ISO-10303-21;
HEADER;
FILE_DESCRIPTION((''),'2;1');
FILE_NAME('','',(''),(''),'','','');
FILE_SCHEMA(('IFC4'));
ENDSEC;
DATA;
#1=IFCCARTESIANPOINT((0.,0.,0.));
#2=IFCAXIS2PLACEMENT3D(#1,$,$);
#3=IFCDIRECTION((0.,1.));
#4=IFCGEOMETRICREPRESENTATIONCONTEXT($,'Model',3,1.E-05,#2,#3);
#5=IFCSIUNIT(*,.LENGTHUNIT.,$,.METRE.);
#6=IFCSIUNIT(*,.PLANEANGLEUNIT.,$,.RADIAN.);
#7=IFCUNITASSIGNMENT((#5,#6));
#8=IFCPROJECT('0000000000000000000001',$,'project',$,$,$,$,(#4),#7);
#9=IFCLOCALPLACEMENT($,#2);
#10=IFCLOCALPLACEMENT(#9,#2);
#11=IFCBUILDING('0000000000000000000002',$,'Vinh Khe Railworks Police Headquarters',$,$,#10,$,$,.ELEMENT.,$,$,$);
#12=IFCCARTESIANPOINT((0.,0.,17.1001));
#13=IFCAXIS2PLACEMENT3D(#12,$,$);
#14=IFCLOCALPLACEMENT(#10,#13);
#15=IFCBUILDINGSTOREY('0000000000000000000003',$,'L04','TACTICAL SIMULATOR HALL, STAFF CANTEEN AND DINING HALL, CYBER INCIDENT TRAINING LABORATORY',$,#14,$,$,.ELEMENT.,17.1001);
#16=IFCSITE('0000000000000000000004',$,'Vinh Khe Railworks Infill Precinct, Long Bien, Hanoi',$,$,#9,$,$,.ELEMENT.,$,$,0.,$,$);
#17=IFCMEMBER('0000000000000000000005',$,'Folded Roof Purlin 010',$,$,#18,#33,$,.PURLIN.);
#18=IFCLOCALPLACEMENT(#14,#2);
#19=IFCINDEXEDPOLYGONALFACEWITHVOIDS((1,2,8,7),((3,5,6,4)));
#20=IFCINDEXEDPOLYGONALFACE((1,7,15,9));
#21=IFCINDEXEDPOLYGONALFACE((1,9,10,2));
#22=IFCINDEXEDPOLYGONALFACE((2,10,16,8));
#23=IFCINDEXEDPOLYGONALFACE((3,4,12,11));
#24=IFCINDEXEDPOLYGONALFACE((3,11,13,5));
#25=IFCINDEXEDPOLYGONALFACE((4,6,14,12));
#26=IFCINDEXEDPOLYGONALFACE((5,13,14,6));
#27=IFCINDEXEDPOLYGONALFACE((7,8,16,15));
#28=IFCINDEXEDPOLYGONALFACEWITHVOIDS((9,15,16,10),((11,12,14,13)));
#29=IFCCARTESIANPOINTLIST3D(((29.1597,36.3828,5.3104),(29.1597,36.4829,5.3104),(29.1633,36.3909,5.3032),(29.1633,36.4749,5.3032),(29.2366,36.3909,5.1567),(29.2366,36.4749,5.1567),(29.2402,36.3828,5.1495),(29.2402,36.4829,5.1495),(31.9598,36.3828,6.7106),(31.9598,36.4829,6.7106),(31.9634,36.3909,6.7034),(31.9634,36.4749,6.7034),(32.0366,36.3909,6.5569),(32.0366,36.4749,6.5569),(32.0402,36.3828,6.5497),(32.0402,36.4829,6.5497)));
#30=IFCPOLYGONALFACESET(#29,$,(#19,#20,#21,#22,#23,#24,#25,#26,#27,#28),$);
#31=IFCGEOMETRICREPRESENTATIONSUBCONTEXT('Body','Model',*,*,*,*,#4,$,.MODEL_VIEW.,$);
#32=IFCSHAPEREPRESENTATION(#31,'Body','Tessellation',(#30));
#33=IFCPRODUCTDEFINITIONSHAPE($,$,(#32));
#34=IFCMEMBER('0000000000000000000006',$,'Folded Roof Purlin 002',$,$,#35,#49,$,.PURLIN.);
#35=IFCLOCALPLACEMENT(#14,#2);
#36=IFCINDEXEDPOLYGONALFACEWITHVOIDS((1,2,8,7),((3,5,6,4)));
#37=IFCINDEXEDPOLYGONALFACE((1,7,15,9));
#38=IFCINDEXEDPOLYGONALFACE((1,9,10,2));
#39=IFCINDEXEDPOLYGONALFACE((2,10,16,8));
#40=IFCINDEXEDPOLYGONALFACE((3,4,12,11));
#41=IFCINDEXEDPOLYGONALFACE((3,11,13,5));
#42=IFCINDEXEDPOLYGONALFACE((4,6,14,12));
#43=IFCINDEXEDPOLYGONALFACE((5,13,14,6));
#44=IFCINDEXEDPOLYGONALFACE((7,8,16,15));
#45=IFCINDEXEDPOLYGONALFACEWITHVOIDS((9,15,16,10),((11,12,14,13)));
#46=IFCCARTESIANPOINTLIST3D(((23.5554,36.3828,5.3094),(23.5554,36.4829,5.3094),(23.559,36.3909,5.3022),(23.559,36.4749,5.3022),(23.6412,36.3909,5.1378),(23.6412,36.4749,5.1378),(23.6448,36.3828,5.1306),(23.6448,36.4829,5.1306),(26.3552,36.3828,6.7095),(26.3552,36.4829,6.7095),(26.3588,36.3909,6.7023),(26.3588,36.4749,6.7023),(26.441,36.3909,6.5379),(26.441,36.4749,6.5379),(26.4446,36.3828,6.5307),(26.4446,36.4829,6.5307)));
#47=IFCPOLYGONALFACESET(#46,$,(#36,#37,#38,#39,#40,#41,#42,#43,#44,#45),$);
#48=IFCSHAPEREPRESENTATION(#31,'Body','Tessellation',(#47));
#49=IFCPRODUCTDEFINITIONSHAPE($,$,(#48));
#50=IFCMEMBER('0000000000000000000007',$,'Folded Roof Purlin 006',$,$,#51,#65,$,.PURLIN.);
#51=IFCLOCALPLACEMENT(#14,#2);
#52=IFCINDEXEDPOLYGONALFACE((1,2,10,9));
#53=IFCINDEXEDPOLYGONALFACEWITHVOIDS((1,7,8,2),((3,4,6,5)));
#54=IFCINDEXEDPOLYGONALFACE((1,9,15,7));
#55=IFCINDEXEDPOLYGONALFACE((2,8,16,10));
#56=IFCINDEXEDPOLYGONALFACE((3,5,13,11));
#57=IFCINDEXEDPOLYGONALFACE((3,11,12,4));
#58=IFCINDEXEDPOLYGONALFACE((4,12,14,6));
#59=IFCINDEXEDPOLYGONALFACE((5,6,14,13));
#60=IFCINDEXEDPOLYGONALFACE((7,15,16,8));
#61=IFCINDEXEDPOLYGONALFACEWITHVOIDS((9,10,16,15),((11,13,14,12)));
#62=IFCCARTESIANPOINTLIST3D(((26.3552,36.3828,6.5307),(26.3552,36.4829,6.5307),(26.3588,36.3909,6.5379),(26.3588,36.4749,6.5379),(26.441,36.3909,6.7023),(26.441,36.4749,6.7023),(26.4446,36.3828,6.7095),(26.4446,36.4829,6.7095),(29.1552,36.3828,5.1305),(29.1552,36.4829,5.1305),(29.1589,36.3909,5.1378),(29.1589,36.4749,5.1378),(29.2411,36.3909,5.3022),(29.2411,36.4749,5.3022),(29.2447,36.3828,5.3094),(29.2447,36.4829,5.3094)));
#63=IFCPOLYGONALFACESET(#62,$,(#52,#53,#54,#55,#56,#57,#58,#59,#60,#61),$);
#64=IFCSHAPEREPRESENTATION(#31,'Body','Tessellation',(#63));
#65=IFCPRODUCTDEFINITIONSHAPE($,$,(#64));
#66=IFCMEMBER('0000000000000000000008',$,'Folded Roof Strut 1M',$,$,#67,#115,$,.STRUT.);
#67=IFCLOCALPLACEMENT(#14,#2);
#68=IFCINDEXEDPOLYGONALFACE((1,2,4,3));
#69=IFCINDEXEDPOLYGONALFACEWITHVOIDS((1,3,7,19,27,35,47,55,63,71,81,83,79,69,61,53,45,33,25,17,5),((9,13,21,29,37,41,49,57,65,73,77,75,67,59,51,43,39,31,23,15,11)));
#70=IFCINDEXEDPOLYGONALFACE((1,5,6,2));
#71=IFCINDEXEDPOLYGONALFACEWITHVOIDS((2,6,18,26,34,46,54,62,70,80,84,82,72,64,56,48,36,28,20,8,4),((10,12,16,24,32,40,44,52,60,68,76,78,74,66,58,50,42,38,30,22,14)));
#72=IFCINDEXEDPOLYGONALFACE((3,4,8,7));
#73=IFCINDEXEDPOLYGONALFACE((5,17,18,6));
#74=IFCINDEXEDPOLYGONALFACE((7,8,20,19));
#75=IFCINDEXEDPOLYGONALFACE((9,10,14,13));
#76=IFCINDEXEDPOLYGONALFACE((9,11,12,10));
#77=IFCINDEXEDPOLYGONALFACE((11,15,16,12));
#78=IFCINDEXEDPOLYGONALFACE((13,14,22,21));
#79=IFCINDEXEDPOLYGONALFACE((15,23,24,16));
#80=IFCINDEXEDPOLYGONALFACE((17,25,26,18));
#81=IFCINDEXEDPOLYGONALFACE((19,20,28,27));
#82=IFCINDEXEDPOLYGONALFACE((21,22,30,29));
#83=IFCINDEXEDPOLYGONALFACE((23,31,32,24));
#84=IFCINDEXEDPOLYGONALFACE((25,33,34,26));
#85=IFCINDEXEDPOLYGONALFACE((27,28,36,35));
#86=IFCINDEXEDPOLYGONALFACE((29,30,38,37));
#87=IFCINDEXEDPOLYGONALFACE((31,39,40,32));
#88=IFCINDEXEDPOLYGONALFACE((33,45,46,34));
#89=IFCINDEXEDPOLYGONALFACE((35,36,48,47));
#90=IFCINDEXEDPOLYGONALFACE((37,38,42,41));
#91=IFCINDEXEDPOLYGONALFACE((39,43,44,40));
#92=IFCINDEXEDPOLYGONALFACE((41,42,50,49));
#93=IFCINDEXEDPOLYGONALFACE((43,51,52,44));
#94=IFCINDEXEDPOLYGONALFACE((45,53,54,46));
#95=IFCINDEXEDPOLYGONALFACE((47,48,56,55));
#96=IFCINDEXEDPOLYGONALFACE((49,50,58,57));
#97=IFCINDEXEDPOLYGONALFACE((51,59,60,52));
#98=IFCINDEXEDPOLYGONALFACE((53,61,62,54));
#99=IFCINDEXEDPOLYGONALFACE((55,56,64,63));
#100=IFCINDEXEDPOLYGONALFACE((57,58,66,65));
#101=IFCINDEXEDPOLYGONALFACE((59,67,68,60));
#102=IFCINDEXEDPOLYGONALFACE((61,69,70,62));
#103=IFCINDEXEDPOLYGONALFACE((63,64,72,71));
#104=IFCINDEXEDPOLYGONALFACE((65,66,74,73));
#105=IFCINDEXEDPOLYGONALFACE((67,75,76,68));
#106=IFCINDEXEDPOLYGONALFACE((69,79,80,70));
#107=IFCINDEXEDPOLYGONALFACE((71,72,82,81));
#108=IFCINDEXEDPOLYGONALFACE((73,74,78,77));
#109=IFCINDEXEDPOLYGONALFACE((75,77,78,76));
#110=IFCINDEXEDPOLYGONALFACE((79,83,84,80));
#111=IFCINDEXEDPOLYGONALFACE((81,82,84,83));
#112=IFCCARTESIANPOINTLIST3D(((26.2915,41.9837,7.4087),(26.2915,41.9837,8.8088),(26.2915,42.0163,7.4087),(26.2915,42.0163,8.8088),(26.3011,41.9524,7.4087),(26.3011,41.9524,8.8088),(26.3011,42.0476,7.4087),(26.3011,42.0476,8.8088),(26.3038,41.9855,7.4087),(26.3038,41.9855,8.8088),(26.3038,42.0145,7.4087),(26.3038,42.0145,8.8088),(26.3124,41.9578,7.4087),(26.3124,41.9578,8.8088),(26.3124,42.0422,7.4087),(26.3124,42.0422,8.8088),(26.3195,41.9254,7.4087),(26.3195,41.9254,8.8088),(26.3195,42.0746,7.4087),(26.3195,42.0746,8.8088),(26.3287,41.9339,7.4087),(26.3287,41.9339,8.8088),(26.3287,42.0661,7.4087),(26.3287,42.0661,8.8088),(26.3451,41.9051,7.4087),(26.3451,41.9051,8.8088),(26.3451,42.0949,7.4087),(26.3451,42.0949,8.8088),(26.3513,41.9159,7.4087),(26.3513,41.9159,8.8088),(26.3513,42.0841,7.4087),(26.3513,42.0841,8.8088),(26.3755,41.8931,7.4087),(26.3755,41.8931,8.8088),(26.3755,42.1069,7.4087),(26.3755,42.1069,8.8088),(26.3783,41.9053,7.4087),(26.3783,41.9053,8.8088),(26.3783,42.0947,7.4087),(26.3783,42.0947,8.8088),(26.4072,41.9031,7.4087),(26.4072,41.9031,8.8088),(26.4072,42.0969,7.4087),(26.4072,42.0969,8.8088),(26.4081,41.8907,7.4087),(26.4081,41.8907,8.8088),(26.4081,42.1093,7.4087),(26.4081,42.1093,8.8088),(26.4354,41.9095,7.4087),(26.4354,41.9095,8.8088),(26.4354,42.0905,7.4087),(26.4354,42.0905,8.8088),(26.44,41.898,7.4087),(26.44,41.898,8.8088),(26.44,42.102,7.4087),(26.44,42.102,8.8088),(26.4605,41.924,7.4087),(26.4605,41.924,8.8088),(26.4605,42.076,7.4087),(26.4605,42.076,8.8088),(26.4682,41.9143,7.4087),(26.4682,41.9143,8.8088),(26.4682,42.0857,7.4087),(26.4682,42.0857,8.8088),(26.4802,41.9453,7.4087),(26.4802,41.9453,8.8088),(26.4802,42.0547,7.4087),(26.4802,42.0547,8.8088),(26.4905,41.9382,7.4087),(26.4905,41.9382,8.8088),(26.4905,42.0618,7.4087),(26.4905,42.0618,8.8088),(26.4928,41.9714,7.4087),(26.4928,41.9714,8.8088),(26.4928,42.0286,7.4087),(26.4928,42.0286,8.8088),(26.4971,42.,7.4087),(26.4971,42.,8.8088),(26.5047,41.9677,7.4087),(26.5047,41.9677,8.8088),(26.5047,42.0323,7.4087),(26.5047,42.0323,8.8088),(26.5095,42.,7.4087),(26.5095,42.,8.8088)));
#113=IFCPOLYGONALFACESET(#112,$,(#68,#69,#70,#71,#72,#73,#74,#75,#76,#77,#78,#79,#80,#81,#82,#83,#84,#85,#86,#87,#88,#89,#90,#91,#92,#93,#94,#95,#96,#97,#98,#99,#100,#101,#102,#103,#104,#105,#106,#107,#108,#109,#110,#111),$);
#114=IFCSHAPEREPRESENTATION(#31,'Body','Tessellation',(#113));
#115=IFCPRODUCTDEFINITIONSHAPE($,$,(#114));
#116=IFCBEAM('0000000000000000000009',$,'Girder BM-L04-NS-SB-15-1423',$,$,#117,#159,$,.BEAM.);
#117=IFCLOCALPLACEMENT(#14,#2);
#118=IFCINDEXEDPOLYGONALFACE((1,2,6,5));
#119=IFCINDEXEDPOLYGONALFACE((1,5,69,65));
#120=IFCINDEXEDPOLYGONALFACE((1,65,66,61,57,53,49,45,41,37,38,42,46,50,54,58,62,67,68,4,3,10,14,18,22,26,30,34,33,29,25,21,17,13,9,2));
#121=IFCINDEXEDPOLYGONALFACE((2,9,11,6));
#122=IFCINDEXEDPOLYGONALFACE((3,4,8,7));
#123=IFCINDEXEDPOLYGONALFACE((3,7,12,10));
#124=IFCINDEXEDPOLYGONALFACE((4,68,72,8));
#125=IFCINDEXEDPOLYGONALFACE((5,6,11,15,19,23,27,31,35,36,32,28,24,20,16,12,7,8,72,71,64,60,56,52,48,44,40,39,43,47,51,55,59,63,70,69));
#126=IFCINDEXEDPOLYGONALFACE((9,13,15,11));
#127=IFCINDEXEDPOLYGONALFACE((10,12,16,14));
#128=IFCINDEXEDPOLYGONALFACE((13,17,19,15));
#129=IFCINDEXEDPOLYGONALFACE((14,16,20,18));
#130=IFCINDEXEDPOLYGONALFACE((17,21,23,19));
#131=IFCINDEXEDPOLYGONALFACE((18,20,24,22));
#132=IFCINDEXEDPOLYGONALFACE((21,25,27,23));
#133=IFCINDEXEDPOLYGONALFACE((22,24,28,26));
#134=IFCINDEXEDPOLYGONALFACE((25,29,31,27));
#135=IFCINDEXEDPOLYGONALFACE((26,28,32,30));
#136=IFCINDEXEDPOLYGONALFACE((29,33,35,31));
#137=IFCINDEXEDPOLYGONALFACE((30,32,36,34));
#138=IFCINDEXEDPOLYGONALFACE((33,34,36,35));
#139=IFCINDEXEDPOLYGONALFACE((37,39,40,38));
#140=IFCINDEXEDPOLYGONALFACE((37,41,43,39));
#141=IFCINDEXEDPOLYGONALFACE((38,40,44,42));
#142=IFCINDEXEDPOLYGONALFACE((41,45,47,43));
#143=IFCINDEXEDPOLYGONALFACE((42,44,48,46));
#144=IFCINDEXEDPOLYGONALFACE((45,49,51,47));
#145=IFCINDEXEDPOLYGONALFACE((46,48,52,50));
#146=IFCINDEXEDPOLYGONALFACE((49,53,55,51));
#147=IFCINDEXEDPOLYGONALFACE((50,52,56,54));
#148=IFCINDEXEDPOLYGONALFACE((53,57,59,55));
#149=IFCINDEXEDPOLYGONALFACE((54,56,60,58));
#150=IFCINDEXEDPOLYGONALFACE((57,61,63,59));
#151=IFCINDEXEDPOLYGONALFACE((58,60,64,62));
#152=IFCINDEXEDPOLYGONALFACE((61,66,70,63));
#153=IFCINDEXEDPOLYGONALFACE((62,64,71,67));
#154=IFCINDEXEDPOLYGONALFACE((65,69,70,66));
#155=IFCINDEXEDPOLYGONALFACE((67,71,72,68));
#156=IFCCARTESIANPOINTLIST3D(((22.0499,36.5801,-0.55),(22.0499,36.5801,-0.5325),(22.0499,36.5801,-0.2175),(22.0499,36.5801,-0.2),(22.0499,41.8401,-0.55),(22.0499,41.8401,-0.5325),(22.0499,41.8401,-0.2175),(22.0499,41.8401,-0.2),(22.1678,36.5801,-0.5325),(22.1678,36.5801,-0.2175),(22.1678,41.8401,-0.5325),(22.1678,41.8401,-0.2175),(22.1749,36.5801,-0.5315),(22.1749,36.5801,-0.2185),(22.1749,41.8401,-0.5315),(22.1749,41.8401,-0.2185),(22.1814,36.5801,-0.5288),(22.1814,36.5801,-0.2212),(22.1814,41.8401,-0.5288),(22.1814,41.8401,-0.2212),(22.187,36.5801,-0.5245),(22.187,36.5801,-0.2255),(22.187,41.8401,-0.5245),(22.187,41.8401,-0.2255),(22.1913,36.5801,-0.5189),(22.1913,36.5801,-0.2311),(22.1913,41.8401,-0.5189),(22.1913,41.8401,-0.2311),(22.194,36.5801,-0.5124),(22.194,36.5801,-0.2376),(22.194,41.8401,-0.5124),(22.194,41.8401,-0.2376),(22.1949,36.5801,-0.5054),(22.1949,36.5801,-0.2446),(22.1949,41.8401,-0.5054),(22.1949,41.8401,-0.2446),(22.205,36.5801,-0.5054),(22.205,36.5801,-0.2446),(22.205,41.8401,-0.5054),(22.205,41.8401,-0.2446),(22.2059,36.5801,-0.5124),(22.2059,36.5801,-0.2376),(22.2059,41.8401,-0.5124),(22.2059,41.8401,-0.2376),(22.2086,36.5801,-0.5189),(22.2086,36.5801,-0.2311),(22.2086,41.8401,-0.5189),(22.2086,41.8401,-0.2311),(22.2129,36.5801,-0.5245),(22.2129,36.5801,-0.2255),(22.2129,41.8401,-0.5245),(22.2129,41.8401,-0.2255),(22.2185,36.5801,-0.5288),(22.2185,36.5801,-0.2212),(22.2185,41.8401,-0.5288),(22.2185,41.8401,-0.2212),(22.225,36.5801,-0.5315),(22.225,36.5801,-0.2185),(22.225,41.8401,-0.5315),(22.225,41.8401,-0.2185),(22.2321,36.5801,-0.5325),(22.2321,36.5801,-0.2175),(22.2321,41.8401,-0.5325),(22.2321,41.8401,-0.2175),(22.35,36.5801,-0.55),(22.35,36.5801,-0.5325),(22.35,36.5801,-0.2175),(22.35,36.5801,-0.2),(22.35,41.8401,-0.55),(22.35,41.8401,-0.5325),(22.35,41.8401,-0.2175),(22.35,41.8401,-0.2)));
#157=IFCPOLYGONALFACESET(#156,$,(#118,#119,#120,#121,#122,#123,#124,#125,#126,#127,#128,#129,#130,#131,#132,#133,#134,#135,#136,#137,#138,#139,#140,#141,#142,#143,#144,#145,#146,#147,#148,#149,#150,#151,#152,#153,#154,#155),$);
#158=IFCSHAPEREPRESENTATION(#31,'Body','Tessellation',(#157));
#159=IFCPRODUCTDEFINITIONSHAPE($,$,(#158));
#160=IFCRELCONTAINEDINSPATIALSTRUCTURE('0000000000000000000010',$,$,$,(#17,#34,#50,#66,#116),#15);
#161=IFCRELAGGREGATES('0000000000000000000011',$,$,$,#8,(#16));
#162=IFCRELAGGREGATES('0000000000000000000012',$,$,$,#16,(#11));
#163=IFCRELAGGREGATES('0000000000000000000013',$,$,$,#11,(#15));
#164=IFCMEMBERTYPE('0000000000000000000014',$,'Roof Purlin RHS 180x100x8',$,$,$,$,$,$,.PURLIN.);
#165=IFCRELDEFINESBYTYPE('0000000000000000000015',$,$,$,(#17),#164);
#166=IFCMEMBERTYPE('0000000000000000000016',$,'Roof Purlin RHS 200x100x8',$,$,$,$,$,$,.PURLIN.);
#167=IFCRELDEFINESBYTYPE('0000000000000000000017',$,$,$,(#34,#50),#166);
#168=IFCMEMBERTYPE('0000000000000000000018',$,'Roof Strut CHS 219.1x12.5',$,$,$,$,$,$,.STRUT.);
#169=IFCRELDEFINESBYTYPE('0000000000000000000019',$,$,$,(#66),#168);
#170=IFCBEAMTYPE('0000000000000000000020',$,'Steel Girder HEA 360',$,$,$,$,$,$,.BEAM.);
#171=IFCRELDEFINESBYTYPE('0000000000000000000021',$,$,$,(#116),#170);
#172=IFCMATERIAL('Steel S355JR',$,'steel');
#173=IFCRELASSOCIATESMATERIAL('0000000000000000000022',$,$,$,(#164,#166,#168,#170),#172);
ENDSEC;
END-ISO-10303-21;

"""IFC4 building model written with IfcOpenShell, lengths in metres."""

from ifc_helpers import new_model, si_unit, direction, frame, origin, origin_2d, place, context, subcontext, project, spatial, hollow_rectangle, hollow_circle, i_section, extrude, material, material_profile, profile_set, type_object, element, save


model = new_model("IFC4")

# Units and contexts
model_context = context("Model", 3, precision=1e-05, world=origin(), true_north=direction((0.0, 1.0)))
body_context = subcontext(model_context, "Body", "Model", "MODEL_VIEW")
ifc_project = project(units=[si_unit("LENGTHUNIT", "METRE"), si_unit("PLANEANGLEUNIT", "RADIAN")], contexts=[model_context])

# Site, building, storey
site_placement = place(None, origin())
site = spatial("IfcSite", under=ifc_project, at=site_placement, Name="Vinh Khe Railworks Infill Precinct, Long Bien, Hanoi", CompositionType="ELEMENT", RefElevation=0.0)
building_placement = place(site_placement, origin())
building = spatial("IfcBuilding", under=site, at=building_placement, Name="Vinh Khe Railworks Police Headquarters", CompositionType="ELEMENT")
storey_placement = place(building_placement, frame((0.0, 0.0, 17.1001)))
storey = spatial("IfcBuildingStorey", under=building, at=storey_placement, Name="L04", Description="TACTICAL SIMULATOR HALL, STAFF CANTEEN AND DINING HALL, CYBER INCIDENT TRAINING LABORATORY", CompositionType="ELEMENT", Elevation=17.1001)

# Shared definitions
ifc_material_1 = material(Name="Steel S355JR", Category="steel")

# Members
ifc_material_profile_1 = material_profile(ifc_material_1, hollow_rectangle(XDim=0.1001, YDim=0.1799, WallThickness=0.0081, at=origin_2d()), Name="RHS 180x100x8")
ifc_profile_set_1 = profile_set([ifc_material_profile_1], Name="Steel S355JR")
member_type_1 = type_object("IfcMemberType", Name="Roof Purlin RHS 180x100x8", PredefinedType="PURLIN", material=ifc_profile_set_1)
member_1_placement = place(storey_placement, frame((29.2, 36.4329, 5.23), z_axis=(0.894412, 0.0, 0.447245), x_axis=(0.0, 1.0, 0.0)))
element("IfcMember", 1, at=member_1_placement, inside=storey, type_object=member_type_1, Name="Folded Roof Purlin 010", PredefinedType="PURLIN", context=body_context, shape_type="SweptSolid", body=[
    extrude(hollow_rectangle(XDim=0.1001, YDim=0.1799, WallThickness=0.0081, at=origin_2d()), origin(), (0.0, 0.0, 1.0), 3.1306),
])
ifc_material_profile_2 = material_profile(ifc_material_1, hollow_rectangle(XDim=0.1001, YDim=0.2, WallThickness=0.0081, at=origin_2d()), Name="RHS 200x100x8")
ifc_profile_set_2 = profile_set([ifc_material_profile_2], Name="Steel S355JR")
member_type_2 = type_object("IfcMemberType", Name="Roof Purlin RHS 200x100x8", PredefinedType="PURLIN", material=ifc_profile_set_2)
member_2_placement = place(storey_placement, frame((23.6001, 36.4329, 5.22), z_axis=(0.894396, 0.0, 0.447276), x_axis=(0.0, 1.0, 0.0)))
element("IfcMember", 2, at=member_2_placement, inside=storey, type_object=member_type_2, Name="Folded Roof Purlin 002", PredefinedType="PURLIN", context=body_context, shape_type="SweptSolid", body=[
    extrude(hollow_rectangle(XDim=0.1001, YDim=0.2, WallThickness=0.0081, at=origin_2d()), origin(), (0.0, 0.0, 1.0), 3.1304),
])
member_3_placement = place(storey_placement, frame((26.3999, 36.4329, 6.6201), z_axis=(0.894412, 0.0, -0.447245), x_axis=(0.0, 1.0, 0.0)))
element("IfcMember", 3, at=member_3_placement, inside=storey, type_object=member_type_2, Name="Folded Roof Purlin 006", PredefinedType="PURLIN", context=body_context, shape_type="SweptSolid", body=[
    extrude(hollow_rectangle(XDim=0.1001, YDim=0.2, WallThickness=0.0081, at=origin_2d()), origin(), (0.0, 0.0, 1.0), 3.1306),
])
ifc_material_profile_3 = material_profile(ifc_material_1, hollow_circle(Radius=0.1096, WallThickness=0.0125, at=origin_2d()), Name="CHS 219.1x12.5")
ifc_profile_set_3 = profile_set([ifc_material_profile_3], Name="Steel S355JR")
member_type_3 = type_object("IfcMemberType", Name="Roof Strut CHS 219.1x12.5", PredefinedType="STRUT", material=ifc_profile_set_3)
member_4_placement = place(storey_placement, frame((26.3999, 42.0, 7.4087), z_axis=(0.0, 0.0, 1.0), x_axis=(1.0, 0.0, 0.0)))
element("IfcMember", 4, at=member_4_placement, inside=storey, type_object=member_type_3, Name="Folded Roof Strut 1M", PredefinedType="STRUT", context=body_context, shape_type="SweptSolid", body=[
    extrude(hollow_circle(Radius=0.1096, WallThickness=0.0125, at=origin_2d()), origin(), (0.0, 0.0, 1.0), 1.4001),
])

# Beam
ifc_material_profile_4 = material_profile(ifc_material_1, i_section(OverallWidth=0.3, OverallDepth=0.3501, WebThickness=0.01, FlangeThickness=0.0176, FilletRadius=0.0271, at=origin_2d()), Name="HEA 360")
ifc_profile_set_4 = profile_set([ifc_material_profile_4], Name="Steel S355JR")
beam_type_1 = type_object("IfcBeamType", Name="Steel Girder HEA 360", PredefinedType="BEAM", material=ifc_profile_set_4)
beam_1_placement = place(storey_placement, frame((22.2, 36.5801, -0.375), z_axis=(0.0, 1.0, 0.0), x_axis=(-1.0, 0.0, 0.0)))
element("IfcBeam", 5, at=beam_1_placement, inside=storey, type_object=beam_type_1, Name="Girder BM-L04-NS-SB-15-1423", PredefinedType="BEAM", context=body_context, shape_type="SweptSolid", body=[
    extrude(i_section(OverallWidth=0.3, OverallDepth=0.3501, WebThickness=0.01, FlangeThickness=0.0176, FilletRadius=0.0271, at=origin_2d()), origin(), (0.0, 0.0, 1.0), 5.26),
])

save(model, "model.ifc")
